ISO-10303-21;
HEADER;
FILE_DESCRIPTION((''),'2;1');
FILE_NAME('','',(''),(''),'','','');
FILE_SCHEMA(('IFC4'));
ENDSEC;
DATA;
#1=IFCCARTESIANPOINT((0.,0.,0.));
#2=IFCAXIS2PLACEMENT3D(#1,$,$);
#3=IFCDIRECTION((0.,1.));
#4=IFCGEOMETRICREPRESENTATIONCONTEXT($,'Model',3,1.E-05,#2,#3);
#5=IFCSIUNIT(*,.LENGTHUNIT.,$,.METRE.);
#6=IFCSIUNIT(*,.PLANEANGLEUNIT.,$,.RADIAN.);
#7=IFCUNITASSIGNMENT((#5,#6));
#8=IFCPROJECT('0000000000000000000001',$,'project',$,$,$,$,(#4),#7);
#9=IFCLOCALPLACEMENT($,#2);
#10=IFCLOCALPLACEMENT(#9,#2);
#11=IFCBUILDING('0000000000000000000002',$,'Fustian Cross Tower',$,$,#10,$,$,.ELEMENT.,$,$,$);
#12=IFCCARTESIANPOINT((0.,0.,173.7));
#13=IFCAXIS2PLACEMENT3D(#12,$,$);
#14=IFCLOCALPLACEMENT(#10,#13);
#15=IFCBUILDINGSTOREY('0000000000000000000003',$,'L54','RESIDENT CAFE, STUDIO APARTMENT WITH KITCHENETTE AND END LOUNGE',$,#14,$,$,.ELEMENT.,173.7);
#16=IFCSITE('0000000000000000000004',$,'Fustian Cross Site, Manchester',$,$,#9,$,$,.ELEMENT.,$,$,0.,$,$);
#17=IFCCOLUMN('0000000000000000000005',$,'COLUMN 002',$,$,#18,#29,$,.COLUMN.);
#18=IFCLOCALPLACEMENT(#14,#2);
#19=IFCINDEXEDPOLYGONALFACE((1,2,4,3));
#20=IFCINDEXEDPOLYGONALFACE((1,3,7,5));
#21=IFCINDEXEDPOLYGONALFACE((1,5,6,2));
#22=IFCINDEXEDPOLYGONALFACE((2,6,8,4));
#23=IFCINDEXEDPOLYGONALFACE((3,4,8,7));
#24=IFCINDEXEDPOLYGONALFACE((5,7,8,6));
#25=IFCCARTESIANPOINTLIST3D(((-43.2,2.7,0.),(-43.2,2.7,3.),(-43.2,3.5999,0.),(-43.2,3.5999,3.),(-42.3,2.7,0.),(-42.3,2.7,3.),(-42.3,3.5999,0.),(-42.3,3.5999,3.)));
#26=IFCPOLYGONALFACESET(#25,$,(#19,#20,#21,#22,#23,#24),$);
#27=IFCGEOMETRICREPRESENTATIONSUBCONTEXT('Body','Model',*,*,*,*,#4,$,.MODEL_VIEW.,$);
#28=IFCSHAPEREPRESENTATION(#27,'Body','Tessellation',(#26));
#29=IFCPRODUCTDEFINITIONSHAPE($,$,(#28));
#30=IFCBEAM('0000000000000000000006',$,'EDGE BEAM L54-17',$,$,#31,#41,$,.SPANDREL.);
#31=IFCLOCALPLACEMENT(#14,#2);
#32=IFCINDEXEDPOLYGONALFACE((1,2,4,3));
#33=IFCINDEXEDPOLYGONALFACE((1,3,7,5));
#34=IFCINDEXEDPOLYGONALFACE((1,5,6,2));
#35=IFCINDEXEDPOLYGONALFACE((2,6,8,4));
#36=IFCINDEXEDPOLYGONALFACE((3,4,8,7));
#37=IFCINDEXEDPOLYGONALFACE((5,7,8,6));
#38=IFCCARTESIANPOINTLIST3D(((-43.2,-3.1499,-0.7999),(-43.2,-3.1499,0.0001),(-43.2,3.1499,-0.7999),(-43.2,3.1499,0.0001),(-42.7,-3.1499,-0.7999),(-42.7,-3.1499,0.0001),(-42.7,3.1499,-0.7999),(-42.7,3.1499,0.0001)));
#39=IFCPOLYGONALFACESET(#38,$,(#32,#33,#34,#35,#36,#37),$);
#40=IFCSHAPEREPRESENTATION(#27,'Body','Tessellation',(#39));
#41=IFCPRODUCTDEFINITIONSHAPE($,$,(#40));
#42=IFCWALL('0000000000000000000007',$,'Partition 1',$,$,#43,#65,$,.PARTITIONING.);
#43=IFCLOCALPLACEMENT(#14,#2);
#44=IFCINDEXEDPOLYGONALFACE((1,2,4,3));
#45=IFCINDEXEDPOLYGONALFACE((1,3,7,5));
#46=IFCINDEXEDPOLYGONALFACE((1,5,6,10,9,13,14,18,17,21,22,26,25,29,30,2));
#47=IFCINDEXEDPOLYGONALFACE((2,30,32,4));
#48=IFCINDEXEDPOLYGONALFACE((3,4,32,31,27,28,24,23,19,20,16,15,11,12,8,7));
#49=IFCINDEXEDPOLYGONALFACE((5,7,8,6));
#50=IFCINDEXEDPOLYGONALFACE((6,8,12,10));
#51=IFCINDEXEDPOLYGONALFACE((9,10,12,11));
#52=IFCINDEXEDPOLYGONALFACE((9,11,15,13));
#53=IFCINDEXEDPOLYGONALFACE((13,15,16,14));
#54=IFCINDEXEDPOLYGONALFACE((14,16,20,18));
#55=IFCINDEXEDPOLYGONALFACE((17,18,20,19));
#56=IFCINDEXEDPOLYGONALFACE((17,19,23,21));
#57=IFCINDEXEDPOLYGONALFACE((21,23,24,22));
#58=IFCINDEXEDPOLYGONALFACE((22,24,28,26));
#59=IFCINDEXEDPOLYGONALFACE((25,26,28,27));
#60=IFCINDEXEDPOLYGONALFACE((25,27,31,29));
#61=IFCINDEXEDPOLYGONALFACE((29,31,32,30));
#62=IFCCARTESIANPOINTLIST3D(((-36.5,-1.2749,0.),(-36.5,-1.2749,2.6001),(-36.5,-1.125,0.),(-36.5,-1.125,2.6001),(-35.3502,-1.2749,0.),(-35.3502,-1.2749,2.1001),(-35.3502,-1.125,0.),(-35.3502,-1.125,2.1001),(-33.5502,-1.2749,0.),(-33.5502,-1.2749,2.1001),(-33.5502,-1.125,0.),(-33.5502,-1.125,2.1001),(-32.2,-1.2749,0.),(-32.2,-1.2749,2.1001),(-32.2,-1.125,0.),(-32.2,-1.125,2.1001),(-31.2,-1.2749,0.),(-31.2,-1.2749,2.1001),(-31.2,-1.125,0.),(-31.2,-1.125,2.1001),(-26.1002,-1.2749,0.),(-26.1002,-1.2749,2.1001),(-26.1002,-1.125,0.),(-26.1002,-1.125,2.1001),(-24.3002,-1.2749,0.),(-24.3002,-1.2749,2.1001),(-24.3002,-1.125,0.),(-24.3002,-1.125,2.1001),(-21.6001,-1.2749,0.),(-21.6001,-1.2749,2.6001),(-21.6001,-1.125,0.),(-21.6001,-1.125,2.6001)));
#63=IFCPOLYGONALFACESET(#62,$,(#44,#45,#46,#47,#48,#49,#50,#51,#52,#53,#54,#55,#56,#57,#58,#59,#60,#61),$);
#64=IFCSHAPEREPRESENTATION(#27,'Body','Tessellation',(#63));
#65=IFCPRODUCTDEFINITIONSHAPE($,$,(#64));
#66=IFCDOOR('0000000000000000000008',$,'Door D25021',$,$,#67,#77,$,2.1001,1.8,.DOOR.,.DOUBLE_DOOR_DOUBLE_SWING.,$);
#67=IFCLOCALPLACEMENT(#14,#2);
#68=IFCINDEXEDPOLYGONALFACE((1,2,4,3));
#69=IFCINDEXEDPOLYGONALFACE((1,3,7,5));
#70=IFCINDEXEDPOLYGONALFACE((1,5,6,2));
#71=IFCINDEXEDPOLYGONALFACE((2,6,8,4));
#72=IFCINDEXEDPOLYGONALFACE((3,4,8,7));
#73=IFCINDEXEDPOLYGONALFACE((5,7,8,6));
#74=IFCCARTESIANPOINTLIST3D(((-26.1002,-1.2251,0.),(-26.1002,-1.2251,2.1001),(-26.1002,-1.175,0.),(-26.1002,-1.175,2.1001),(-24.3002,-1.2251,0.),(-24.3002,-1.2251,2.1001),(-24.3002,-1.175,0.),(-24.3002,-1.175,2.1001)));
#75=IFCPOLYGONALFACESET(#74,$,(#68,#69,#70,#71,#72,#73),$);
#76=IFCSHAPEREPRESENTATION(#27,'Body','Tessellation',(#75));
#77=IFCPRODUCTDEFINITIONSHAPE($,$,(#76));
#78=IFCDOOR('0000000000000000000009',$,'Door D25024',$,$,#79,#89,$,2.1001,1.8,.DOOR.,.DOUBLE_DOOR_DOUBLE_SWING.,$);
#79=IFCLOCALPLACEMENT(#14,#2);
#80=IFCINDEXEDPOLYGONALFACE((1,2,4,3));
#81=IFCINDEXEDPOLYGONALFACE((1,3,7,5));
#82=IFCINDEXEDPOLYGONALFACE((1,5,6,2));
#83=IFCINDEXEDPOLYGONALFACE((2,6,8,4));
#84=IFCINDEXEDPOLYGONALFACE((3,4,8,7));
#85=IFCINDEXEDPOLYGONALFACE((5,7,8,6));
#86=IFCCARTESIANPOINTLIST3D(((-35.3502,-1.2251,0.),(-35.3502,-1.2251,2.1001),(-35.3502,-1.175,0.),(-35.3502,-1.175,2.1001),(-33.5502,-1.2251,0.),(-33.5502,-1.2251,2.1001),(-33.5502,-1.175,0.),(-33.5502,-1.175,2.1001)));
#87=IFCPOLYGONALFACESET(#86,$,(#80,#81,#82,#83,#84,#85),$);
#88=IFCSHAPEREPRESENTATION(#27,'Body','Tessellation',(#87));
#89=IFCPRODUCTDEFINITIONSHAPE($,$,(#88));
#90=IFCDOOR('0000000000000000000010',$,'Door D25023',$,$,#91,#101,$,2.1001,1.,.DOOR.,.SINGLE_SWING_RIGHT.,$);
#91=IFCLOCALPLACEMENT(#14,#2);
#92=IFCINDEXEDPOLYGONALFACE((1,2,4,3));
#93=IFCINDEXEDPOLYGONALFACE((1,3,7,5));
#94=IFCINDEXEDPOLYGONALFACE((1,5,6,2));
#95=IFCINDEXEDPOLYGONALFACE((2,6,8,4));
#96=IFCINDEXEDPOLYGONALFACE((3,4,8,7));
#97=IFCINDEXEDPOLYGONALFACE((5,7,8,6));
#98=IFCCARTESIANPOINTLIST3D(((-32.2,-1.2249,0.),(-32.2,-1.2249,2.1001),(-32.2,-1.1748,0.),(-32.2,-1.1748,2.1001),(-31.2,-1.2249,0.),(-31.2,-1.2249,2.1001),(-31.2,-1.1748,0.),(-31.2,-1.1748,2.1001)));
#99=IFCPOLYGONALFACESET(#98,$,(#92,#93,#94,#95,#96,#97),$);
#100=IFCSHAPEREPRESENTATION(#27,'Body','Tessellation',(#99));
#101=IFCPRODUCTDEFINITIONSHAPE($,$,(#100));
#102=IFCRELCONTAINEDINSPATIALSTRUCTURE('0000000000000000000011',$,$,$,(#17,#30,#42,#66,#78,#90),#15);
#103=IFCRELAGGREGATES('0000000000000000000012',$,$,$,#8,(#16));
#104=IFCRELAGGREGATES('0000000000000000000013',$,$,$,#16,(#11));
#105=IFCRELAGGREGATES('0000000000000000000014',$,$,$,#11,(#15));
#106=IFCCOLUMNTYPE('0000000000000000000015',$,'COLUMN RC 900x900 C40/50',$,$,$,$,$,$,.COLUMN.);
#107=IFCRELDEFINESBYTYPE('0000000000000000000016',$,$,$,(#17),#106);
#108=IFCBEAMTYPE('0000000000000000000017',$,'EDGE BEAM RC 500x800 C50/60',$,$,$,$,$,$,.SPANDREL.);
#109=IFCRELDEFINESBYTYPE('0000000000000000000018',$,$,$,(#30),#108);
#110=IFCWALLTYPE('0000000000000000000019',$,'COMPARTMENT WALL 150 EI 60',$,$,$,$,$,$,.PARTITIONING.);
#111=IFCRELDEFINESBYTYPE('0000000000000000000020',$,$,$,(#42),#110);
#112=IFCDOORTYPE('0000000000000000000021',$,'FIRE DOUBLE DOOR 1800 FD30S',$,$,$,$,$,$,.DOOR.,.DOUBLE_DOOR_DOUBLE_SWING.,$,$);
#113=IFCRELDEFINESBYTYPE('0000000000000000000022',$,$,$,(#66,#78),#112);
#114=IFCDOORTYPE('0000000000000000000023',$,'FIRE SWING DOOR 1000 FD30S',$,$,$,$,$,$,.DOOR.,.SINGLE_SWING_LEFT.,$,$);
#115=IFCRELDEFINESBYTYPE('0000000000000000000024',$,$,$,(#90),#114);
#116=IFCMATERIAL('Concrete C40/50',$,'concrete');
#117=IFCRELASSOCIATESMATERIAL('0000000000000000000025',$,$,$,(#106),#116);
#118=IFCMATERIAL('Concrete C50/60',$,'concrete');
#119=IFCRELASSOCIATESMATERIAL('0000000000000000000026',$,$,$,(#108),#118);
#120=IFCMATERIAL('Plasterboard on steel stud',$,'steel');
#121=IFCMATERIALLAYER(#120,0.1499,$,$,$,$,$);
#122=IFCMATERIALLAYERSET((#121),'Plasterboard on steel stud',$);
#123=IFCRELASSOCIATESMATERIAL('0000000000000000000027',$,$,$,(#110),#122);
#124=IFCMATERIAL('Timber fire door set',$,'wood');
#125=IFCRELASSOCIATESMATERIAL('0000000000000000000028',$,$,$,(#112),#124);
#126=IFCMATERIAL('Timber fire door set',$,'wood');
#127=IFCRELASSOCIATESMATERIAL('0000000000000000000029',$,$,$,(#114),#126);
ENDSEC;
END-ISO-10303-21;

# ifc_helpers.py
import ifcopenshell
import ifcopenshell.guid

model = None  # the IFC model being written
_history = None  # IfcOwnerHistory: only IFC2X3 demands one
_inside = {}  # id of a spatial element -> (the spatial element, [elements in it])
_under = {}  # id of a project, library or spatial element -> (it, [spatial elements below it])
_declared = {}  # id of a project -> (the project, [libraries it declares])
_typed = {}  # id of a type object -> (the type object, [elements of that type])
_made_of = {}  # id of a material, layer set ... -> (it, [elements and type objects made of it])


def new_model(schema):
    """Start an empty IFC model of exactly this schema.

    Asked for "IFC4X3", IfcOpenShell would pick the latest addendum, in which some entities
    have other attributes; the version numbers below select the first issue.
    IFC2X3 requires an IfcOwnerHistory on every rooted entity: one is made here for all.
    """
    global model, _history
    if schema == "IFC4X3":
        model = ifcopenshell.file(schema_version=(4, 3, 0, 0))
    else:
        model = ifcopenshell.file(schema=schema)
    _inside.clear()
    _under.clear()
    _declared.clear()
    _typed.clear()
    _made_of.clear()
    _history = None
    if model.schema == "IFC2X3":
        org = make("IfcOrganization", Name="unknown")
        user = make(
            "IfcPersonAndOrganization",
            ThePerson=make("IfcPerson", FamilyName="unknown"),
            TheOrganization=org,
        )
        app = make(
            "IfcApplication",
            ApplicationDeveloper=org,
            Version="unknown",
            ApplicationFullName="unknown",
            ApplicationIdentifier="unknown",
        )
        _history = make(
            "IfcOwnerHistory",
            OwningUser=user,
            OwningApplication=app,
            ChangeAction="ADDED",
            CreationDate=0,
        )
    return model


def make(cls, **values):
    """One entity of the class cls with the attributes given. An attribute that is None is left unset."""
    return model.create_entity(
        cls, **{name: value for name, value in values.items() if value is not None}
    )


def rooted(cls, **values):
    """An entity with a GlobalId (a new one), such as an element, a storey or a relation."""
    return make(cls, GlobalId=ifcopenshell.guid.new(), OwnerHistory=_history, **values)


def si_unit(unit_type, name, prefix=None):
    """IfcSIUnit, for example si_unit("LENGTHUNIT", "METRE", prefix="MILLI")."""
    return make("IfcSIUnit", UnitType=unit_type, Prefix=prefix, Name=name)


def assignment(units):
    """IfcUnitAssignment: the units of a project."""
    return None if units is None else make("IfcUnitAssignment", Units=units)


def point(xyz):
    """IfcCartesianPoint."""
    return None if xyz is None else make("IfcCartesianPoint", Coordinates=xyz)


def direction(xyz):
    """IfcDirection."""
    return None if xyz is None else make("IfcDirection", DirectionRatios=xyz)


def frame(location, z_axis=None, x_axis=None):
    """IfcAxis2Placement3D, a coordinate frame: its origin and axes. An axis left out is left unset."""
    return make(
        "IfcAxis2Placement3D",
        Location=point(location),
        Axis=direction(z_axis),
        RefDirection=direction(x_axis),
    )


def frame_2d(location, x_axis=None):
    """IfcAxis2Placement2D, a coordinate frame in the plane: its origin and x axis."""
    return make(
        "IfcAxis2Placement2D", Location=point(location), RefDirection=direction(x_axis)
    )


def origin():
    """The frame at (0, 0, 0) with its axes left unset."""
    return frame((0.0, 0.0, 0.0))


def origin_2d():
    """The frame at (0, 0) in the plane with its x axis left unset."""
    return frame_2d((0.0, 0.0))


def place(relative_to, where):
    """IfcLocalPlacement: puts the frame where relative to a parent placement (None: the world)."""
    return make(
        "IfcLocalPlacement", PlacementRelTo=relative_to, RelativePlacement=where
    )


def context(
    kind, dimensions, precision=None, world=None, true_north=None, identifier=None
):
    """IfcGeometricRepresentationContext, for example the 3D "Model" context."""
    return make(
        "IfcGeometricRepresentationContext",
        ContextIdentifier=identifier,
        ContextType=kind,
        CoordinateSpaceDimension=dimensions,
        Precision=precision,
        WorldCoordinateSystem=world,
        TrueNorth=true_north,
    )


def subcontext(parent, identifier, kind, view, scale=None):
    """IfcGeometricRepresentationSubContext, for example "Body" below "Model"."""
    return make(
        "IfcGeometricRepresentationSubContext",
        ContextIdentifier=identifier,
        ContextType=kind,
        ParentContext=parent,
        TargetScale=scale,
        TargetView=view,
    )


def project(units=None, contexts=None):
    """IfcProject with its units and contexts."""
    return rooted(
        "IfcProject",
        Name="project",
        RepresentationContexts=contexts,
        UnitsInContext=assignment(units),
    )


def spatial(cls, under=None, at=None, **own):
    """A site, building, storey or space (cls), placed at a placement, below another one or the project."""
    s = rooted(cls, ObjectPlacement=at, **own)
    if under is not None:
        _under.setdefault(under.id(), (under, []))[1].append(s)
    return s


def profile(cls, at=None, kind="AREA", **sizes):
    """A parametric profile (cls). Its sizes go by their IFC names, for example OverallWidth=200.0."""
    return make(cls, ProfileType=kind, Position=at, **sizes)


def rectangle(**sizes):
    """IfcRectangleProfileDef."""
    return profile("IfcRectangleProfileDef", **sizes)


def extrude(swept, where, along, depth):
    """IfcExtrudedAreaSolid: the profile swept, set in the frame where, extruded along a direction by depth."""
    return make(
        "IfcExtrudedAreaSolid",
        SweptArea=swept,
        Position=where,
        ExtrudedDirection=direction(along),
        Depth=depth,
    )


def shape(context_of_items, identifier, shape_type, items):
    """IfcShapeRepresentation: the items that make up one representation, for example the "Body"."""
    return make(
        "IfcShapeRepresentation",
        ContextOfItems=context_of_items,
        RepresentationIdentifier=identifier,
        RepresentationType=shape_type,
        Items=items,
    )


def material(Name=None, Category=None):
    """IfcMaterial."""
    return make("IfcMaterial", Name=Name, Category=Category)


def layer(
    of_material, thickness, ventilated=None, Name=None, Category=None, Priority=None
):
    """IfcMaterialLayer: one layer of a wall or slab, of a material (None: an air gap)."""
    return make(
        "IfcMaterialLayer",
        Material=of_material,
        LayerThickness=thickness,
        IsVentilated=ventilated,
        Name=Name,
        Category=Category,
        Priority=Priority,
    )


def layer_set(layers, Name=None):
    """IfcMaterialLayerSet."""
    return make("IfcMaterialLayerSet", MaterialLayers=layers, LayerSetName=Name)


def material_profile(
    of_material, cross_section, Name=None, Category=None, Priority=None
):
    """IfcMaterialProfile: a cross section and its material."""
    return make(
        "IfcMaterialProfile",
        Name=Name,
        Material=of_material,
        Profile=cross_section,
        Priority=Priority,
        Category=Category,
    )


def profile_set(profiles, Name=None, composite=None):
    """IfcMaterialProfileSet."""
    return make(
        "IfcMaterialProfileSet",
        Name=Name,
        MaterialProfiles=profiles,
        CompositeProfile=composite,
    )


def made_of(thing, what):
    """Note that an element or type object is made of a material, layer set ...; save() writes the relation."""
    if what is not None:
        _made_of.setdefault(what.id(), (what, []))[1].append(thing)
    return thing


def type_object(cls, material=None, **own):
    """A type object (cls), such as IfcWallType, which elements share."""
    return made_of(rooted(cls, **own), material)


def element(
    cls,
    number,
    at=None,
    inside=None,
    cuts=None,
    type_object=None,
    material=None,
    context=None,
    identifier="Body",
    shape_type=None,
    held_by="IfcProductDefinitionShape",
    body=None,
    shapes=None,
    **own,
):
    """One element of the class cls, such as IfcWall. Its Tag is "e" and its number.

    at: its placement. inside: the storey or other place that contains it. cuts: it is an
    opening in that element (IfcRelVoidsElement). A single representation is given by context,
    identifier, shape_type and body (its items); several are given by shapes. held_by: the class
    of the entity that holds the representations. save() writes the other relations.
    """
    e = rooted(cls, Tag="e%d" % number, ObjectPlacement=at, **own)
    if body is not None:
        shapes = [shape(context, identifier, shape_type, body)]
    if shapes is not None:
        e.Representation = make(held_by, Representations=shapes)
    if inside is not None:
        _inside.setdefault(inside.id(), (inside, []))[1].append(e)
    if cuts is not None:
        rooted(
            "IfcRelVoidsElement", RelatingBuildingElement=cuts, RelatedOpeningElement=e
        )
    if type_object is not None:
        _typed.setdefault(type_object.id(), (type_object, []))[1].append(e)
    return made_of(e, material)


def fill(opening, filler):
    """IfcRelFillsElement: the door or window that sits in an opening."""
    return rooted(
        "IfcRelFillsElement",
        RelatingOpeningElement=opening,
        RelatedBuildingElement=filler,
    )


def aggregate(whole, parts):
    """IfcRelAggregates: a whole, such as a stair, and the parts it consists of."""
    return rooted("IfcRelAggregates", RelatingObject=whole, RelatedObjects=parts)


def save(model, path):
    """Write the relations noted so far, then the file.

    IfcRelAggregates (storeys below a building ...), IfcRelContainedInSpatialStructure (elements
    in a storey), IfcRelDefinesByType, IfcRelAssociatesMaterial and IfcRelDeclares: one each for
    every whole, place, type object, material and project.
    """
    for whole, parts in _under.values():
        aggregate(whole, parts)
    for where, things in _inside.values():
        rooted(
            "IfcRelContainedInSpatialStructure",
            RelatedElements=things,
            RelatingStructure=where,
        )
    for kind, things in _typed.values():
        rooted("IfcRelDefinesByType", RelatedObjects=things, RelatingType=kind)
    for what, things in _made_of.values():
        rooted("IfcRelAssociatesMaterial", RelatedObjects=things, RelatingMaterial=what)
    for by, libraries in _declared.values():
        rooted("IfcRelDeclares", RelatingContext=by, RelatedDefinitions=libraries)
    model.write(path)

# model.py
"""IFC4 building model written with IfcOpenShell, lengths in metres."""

from ifc_helpers import new_model, si_unit, direction, frame, frame_2d, origin, origin_2d, place, context, subcontext, project, spatial, rectangle, extrude, material, layer, layer_set, material_profile, profile_set, type_object, element, fill, save


model = new_model("IFC4")

# Units and contexts
model_context = context("Model", 3, precision=1e-05, world=origin(), true_north=direction((0.0, 1.0)))
body_context = subcontext(model_context, "Body", "Model", "MODEL_VIEW")
ifc_project = project(units=[si_unit("LENGTHUNIT", "METRE"), si_unit("PLANEANGLEUNIT", "RADIAN")], contexts=[model_context])

# Site, building, storey
site_placement = place(None, origin())
site = spatial("IfcSite", under=ifc_project, at=site_placement, Name="Fustian Cross Site, Manchester", CompositionType="ELEMENT", RefElevation=0.0)
building_placement = place(site_placement, origin())
building = spatial("IfcBuilding", under=site, at=building_placement, Name="Fustian Cross Tower", CompositionType="ELEMENT")
storey_placement = place(building_placement, frame((0.0, 0.0, 173.7)))
storey = spatial("IfcBuildingStorey", under=building, at=storey_placement, Name="L54", Description="RESIDENT CAFE, STUDIO APARTMENT WITH KITCHENETTE AND END LOUNGE", CompositionType="ELEMENT", Elevation=173.7)

# Column
ifc_material_1 = material(Name="Concrete C40/50", Category="concrete")
ifc_material_profile_1 = material_profile(ifc_material_1, rectangle(XDim=0.8999, YDim=0.8999, at=origin_2d()), Name="RC 900x900")
ifc_profile_set_1 = profile_set([ifc_material_profile_1], Name="Concrete C40/50")
column_type = type_object("IfcColumnType", Name="COLUMN RC 900x900 C40/50", PredefinedType="COLUMN", material=ifc_profile_set_1)
column_placement = place(storey_placement, frame((-42.75, 3.1499, 0.0), z_axis=(0.0, 0.0, 1.0), x_axis=(1.0, 0.0, 0.0)))
element("IfcColumn", 1, at=column_placement, inside=storey, type_object=column_type, Name="COLUMN 002", PredefinedType="COLUMN", context=body_context, shape_type="SweptSolid", body=[
    extrude(rectangle(XDim=0.8999, YDim=0.8999, at=origin_2d()), origin(), (0.0, 0.0, 1.0), 3.0),
])

# Beam
ifc_material_2 = material(Name="Concrete C50/60", Category="concrete")
ifc_material_profile_2 = material_profile(ifc_material_2, rectangle(XDim=0.5, YDim=0.8, at=origin_2d()), Name="RC 500x800")
ifc_profile_set_2 = profile_set([ifc_material_profile_2], Name="Concrete C50/60")
beam_type = type_object("IfcBeamType", Name="EDGE BEAM RC 500x800 C50/60", PredefinedType="SPANDREL", material=ifc_profile_set_2)
beam_placement = place(storey_placement, frame((-42.95, 3.1499, -0.3999), z_axis=(0.0, -1.0, 0.0), x_axis=(1.0, 0.0, 0.0)))
element("IfcBeam", 2, at=beam_placement, inside=storey, type_object=beam_type, Name="EDGE BEAM L54-17", PredefinedType="SPANDREL", context=body_context, shape_type="SweptSolid", body=[
    extrude(rectangle(XDim=0.5, YDim=0.8, at=origin_2d()), origin(), (0.0, 0.0, 1.0), 6.2998),
])

# Wall, openings, doors
ifc_material_3 = material(Name="Plasterboard on steel stud", Category="steel")
ifc_layer_1 = layer(ifc_material_3, 0.1499)
ifc_layer_set_1 = layer_set([ifc_layer_1], Name="Plasterboard on steel stud")
wall_type_1 = type_object("IfcWallType", Name="COMPARTMENT WALL 150 EI 60", PredefinedType="PARTITIONING", material=ifc_layer_set_1)
wall_1_placement = place(storey_placement, frame((-36.5, -1.2, 0.0), z_axis=(0.0, 0.0, 1.0), x_axis=(1.0, 0.0, 0.0)))
wall_1 = element("IfcWall", 3, at=wall_1_placement, inside=storey, type_object=wall_type_1, Name="Partition 1", PredefinedType="PARTITIONING", context=body_context, shape_type="SweptSolid", body=[
    extrude(rectangle(XDim=14.8999, YDim=0.1499, at=frame_2d((7.45, 0.0))), origin(), (0.0, 0.0, 1.0), 2.6001),
])
opening_1_placement = place(wall_1_placement, frame((10.3999, 0.0, 0.0)))
opening_1 = element("IfcOpeningElement", 4, at=opening_1_placement, cuts=wall_1, PredefinedType="OPENING", context=body_context, shape_type="SweptSolid", body=[
    extrude(rectangle(XDim=1.8, YDim=2.1001, at=frame_2d((0.8999, 1.05))), frame((0.0, 0.085, 0.0), z_axis=(0.0, -1.0, 0.0), x_axis=(1.0, 0.0, 0.0)), (0.0, 0.0, 1.0), 0.1699),
])
opening_2_placement = place(wall_1_placement, frame((4.3, 0.0, 0.0)))
opening_2 = element("IfcOpeningElement", 5, at=opening_2_placement, cuts=wall_1, PredefinedType="OPENING", context=body_context, shape_type="SweptSolid", body=[
    extrude(rectangle(XDim=1.0, YDim=2.1001, at=frame_2d((0.5, 1.05))), frame((0.0, 0.085, 0.0), z_axis=(0.0, -1.0, 0.0), x_axis=(1.0, 0.0, 0.0)), (0.0, 0.0, 1.0), 0.1699),
])
opening_3_placement = place(wall_1_placement, frame((1.1499, 0.0, 0.0)))
opening_3 = element("IfcOpeningElement", 6, at=opening_3_placement, cuts=wall_1, PredefinedType="OPENING", context=body_context, shape_type="SweptSolid", body=[
    extrude(rectangle(XDim=1.8, YDim=2.1001, at=frame_2d((0.8999, 1.05))), frame((0.0, 0.085, 0.0), z_axis=(0.0, -1.0, 0.0), x_axis=(1.0, 0.0, 0.0)), (0.0, 0.0, 1.0), 0.1699),
])
ifc_material_4 = material(Name="Timber fire door set", Category="wood")
door_type_1 = type_object("IfcDoorType", Name="FIRE DOUBLE DOOR 1800 FD30S", OperationType="DOUBLE_DOOR_DOUBLE_SWING", PredefinedType="DOOR", material=ifc_material_4)
door_1_placement = place(opening_1_placement, origin())
door_1 = element("IfcDoor", 7, at=door_1_placement, inside=storey, type_object=door_type_1, Name="Door D25021", OperationType="DOUBLE_DOOR_DOUBLE_SWING", OverallHeight=2.1001, OverallWidth=1.8, PredefinedType="DOOR", context=body_context, shape_type="SweptSolid", body=[
    extrude(rectangle(XDim=1.8, YDim=2.1001, at=frame_2d((0.8999, 1.05))), frame((0.0, 0.0249, 0.0), z_axis=(0.0, -1.0, 0.0), x_axis=(1.0, 0.0, 0.0)), (0.0, 0.0, 1.0), 0.05),
])
fill(opening_1, door_1)
door_2_placement = place(opening_3_placement, origin())
door_2 = element("IfcDoor", 8, at=door_2_placement, inside=storey, type_object=door_type_1, Name="Door D25024", OperationType="DOUBLE_DOOR_DOUBLE_SWING", OverallHeight=2.1001, OverallWidth=1.8, PredefinedType="DOOR", context=body_context, shape_type="SweptSolid", body=[
    extrude(rectangle(XDim=1.8, YDim=2.1001, at=frame_2d((0.8999, 1.05))), frame((0.0, 0.0249, 0.0), z_axis=(0.0, -1.0, 0.0), x_axis=(1.0, 0.0, 0.0)), (0.0, 0.0, 1.0), 0.05),
])
fill(opening_3, door_2)
ifc_material_5 = material(Name="Timber fire door set", Category="wood")
door_type_2 = type_object("IfcDoorType", Name="FIRE SWING DOOR 1000 FD30S", OperationType="SINGLE_SWING_LEFT", PredefinedType="DOOR", material=ifc_material_5)
door_3_placement = place(opening_2_placement, frame((1.0, 0.0, 0.0), z_axis=(0.0, 0.0, 1.0), x_axis=(-1.0, 0.0, 0.0)))
door_3 = element("IfcDoor", 9, at=door_3_placement, inside=storey, type_object=door_type_2, Name="Door D25023", OperationType="SINGLE_SWING_RIGHT", OverallHeight=2.1001, OverallWidth=1.0, PredefinedType="DOOR", context=body_context, shape_type="SweptSolid", body=[
    extrude(rectangle(XDim=1.0, YDim=2.1001, at=frame_2d((0.5, 1.05))), frame((0.0, 0.0249, 0.0), z_axis=(0.0, -1.0, 0.0), x_axis=(1.0, 0.0, 0.0)), (0.0, 0.0, 1.0), 0.05),
])
fill(opening_2, door_3)

save(model, "model.ifc")
